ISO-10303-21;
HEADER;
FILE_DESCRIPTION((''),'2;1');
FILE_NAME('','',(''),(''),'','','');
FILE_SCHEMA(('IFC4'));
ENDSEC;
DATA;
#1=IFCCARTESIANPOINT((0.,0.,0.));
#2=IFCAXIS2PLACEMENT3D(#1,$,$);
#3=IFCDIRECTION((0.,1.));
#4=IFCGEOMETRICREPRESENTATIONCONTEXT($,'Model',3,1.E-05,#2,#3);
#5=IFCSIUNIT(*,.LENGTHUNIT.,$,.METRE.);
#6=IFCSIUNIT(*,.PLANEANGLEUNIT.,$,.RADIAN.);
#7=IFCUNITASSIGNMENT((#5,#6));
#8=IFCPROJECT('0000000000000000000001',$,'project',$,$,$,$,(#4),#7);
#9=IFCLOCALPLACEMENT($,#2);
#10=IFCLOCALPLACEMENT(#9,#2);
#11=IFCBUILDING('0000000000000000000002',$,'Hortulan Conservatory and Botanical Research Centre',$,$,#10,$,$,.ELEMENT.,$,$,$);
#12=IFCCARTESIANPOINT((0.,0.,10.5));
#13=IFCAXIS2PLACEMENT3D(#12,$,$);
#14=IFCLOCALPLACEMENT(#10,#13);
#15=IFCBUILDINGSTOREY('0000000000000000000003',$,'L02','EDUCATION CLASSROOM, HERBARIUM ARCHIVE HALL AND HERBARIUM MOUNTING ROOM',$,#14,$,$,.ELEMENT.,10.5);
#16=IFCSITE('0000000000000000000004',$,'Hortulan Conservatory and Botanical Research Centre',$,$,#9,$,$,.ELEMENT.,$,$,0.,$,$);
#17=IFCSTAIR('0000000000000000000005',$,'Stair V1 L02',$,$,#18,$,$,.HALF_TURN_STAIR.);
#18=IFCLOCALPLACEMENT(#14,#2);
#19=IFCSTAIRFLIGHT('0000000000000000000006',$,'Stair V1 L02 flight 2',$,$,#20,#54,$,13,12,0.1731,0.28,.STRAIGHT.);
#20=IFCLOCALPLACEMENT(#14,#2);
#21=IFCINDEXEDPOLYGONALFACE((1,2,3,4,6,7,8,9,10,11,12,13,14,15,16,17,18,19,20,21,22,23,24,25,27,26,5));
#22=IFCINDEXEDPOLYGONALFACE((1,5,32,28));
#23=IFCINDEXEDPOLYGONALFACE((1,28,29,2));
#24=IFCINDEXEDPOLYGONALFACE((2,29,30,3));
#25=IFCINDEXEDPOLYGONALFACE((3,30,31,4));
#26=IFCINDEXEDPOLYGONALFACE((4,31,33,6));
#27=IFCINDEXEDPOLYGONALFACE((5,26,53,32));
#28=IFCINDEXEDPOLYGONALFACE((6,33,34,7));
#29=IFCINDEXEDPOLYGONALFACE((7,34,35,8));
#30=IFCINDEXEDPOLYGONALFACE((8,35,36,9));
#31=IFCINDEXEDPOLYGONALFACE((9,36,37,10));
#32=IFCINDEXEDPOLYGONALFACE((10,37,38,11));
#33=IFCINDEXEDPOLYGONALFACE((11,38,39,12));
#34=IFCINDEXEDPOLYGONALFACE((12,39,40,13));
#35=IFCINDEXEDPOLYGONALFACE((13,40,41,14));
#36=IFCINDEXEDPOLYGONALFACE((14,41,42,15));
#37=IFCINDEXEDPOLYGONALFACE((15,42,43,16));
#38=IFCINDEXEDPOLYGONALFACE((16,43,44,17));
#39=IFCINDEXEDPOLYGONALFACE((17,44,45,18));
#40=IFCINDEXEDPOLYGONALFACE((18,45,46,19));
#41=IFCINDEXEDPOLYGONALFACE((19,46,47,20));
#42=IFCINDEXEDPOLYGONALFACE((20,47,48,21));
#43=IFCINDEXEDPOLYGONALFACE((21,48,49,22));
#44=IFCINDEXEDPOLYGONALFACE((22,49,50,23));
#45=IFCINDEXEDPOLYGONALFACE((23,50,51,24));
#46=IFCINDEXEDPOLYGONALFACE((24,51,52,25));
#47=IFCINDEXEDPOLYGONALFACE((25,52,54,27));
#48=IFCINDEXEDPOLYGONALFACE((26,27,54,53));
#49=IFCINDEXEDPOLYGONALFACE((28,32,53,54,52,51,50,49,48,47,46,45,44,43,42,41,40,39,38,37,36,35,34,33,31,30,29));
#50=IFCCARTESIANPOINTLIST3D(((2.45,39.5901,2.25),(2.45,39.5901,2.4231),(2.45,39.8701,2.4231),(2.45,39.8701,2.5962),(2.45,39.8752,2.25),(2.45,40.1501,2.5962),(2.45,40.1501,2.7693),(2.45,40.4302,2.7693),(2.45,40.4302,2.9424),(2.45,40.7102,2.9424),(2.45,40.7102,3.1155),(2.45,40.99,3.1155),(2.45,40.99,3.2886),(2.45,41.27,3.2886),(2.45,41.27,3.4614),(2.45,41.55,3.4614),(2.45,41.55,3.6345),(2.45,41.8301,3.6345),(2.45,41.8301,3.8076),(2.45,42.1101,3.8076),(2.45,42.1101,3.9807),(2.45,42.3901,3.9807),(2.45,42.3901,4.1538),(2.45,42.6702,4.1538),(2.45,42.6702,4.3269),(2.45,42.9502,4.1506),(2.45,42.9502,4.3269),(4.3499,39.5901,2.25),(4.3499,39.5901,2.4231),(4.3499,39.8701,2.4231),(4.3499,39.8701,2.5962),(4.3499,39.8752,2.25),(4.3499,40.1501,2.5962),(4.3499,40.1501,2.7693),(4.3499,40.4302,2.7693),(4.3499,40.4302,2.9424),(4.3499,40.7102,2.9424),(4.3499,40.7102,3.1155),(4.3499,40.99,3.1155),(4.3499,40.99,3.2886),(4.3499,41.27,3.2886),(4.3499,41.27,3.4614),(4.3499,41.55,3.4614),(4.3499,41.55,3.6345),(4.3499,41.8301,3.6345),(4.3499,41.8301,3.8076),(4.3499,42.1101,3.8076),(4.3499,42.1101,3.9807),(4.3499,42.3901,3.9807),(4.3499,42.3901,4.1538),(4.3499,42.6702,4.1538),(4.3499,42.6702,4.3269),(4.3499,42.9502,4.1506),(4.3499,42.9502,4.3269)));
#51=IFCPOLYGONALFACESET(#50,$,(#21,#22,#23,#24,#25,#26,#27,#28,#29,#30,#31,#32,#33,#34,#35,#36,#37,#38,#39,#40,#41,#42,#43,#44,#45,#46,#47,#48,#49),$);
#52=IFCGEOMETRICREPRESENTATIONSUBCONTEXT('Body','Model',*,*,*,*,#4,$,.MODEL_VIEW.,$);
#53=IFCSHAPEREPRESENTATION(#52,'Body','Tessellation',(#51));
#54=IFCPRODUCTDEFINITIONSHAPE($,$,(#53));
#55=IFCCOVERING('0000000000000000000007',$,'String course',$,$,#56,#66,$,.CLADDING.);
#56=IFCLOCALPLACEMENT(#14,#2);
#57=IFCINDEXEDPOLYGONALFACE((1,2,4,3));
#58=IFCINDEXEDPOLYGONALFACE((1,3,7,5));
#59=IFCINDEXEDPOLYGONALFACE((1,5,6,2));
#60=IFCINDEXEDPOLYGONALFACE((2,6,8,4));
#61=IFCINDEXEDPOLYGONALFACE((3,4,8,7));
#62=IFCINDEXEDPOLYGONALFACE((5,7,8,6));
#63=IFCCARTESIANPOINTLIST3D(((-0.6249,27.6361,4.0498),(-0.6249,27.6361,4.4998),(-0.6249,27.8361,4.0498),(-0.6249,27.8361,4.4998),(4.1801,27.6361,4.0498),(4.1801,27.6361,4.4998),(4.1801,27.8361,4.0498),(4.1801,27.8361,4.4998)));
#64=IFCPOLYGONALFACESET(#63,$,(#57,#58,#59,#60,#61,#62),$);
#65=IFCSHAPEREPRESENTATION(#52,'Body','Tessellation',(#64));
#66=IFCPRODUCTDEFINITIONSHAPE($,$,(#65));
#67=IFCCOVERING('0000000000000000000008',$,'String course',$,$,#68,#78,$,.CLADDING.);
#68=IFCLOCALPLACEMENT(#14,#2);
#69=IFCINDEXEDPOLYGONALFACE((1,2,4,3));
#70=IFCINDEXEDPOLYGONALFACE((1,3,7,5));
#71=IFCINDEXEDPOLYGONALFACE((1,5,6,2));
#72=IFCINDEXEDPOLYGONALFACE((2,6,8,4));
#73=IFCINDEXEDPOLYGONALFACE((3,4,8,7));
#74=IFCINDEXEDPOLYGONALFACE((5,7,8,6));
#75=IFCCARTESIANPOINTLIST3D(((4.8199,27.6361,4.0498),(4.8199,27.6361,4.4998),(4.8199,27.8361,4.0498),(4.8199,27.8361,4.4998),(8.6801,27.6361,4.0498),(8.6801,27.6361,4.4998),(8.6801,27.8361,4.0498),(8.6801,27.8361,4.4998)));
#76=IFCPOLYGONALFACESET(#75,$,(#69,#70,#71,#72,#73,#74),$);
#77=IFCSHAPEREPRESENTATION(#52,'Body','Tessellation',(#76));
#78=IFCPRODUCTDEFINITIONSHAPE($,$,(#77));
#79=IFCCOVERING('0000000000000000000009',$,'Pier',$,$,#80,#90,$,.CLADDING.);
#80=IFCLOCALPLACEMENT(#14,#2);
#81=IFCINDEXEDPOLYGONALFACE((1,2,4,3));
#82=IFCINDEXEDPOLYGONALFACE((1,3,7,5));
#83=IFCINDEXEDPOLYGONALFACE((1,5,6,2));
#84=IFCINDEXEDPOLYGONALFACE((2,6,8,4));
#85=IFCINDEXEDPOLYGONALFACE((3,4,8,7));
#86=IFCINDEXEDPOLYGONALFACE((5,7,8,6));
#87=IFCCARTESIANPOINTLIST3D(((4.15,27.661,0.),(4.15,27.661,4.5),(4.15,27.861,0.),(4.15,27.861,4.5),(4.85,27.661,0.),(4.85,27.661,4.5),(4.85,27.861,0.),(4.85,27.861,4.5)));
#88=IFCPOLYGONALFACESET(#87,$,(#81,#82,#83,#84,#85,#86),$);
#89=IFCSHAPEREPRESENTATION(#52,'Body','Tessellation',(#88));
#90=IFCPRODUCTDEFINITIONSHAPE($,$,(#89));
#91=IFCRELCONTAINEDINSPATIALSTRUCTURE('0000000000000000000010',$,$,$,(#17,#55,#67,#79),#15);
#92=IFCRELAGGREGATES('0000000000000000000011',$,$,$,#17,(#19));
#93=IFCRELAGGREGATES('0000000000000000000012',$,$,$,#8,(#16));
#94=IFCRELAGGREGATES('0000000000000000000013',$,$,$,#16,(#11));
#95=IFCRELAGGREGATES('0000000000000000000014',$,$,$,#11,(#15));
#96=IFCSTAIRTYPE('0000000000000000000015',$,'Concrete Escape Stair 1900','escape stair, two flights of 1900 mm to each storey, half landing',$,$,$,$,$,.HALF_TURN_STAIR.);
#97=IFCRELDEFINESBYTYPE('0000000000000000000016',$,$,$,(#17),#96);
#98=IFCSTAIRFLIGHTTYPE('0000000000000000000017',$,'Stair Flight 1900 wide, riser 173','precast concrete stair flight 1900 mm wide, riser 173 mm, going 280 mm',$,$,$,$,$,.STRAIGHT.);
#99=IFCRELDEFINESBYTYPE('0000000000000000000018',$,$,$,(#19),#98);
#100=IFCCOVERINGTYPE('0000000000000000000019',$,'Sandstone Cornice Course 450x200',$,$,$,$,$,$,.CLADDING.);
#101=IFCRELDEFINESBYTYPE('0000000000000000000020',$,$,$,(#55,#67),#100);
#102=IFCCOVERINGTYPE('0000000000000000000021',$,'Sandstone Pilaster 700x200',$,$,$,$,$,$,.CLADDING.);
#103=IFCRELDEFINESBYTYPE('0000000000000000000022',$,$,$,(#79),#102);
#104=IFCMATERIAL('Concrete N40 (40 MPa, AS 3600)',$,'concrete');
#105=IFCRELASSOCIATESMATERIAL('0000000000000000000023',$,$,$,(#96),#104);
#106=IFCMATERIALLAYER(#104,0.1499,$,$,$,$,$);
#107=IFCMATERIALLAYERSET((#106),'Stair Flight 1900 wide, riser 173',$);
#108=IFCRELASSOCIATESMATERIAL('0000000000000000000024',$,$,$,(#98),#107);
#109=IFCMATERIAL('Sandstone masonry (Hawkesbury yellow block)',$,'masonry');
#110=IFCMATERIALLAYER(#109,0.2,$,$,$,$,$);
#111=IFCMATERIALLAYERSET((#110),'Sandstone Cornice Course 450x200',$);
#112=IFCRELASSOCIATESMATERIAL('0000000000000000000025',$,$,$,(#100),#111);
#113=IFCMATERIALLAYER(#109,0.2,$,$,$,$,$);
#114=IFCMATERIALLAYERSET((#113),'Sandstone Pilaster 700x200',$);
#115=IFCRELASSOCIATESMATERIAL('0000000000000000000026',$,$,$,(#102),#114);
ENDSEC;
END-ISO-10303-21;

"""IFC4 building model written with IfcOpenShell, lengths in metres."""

from ifc_helpers import new_model, si_unit, direction, frame, origin, origin_2d, place, context, subcontext, project, spatial, polyline, rectangle, outline, extrude, material, layer, layer_set, type_object, element, aggregate, save


model = new_model("IFC4")

# Units and contexts
model_context = context("Model", 3, precision=1e-05, world=origin(), true_north=direction((0.0, 1.0)))
body_context = subcontext(model_context, "Body", "Model", "MODEL_VIEW")
ifc_project = project(units=[si_unit("LENGTHUNIT", "METRE"), si_unit("PLANEANGLEUNIT", "RADIAN")], contexts=[model_context])

# Site, building, storey
site_placement = place(None, origin())
site = spatial("IfcSite", under=ifc_project, at=site_placement, Name="Hortulan Conservatory and Botanical Research Centre", CompositionType="ELEMENT", RefElevation=0.0)
building_placement = place(site_placement, origin())
building = spatial("IfcBuilding", under=site, at=building_placement, Name="Hortulan Conservatory and Botanical Research Centre", CompositionType="ELEMENT")
storey_placement = place(building_placement, frame((0.0, 0.0, 10.5)))
storey = spatial("IfcBuildingStorey", under=building, at=storey_placement, Name="L02", Description="EDUCATION CLASSROOM, HERBARIUM ARCHIVE HALL AND HERBARIUM MOUNTING ROOM", CompositionType="ELEMENT", Elevation=10.5)

# Shared definitions
ifc_material_1 = material(Name="Concrete N40 (40 MPa, AS 3600)", Category="concrete")

# Shared definitions
ifc_material_2 = material(Name="Sandstone masonry (Hawkesbury yellow block)", Category="masonry")

# Stair, stair flight
stair_type = type_object("IfcStairType", Name="Concrete Escape Stair 1900", Description="escape stair, two flights of 1900 mm to each storey, half landing", PredefinedType="HALF_TURN_STAIR", material=ifc_material_1)
stair_placement = place(storey_placement, origin())
stair = element("IfcStair", 1, at=stair_placement, inside=storey, type_object=stair_type, Name="Stair V1 L02", PredefinedType="HALF_TURN_STAIR")
ifc_layer_1 = layer(ifc_material_1, 0.1499)
ifc_layer_set_1 = layer_set([ifc_layer_1], Name="Stair Flight 1900 wide, riser 173")
stair_flight_type = type_object("IfcStairFlightType", Name="Stair Flight 1900 wide, riser 173", Description="precast concrete stair flight 1900 mm wide, riser 173 mm, going 280 mm", PredefinedType="STRAIGHT", material=ifc_layer_set_1)
stair_flight_placement = place(storey_placement, frame((3.3999, 39.5901, 2.25), z_axis=(0.0, 0.0, 1.0), x_axis=(0.0, 1.0, 0.0)))
stair_flight = element("IfcStairFlight", 2, at=stair_flight_placement, type_object=stair_flight_type, Name="Stair V1 L02 flight 2", NumberOfRisers=13, NumberOfTreads=12, PredefinedType="STRAIGHT", RiserHeight=0.1731, TreadLength=0.28, context=body_context, shape_type="SweptSolid", body=[
    extrude(outline(polyline([(0.0, 0.0), (0.0, 0.1731), (0.28, 0.1731), (0.28, 0.3462), (0.5601, 0.3462), (0.5601, 0.5193), (0.8401, 0.5193), (0.8401, 0.6924), (1.1201, 0.6924), (1.1201, 0.8655), (1.3999, 0.8655), (1.3999, 1.0386), (1.6799, 1.0386), (1.6799, 1.2114), (1.96, 1.2114), (1.96, 1.3845), (2.24, 1.3845), (2.24, 1.5576), (2.52, 1.5576), (2.52, 1.7307), (2.8, 1.7307), (2.8, 1.9038), (3.0801, 1.9038), (3.0801, 2.0769), (3.3601, 2.0769), (3.3601, 2.25), (3.3601, 1.9006), (0.2852, 0.0), (0.0, 0.0)])), frame((0.0, 0.95, 0.0), z_axis=(0.0, -1.0, 0.0), x_axis=(1.0, 0.0, 0.0)), (0.0, 0.0, 1.0), 1.8999),
])
aggregate(stair, [stair_flight])

# Coverings
ifc_layer_2 = layer(ifc_material_2, 0.2)
ifc_layer_set_2 = layer_set([ifc_layer_2], Name="Sandstone Cornice Course 450x200")
covering_type_1 = type_object("IfcCoveringType", Name="Sandstone Cornice Course 450x200", PredefinedType="CLADDING", material=ifc_layer_set_2)
covering_1_placement = place(storey_placement, frame((1.7776, 27.7361, 4.0498), z_axis=(0.0, 0.0, 1.0), x_axis=(1.0, 0.0, 0.0)))
element("IfcCovering", 3, at=covering_1_placement, inside=storey, type_object=covering_type_1, Name="String course", PredefinedType="CLADDING", context=body_context, shape_type="SweptSolid", body=[
    extrude(rectangle(XDim=4.8049, YDim=0.2, at=origin_2d()), origin(), (0.0, 0.0, 1.0), 0.45),
])
covering_2_placement = place(storey_placement, frame((6.75, 27.7361, 4.0498), z_axis=(0.0, 0.0, 1.0), x_axis=(1.0, 0.0, 0.0)))
element("IfcCovering", 4, at=covering_2_placement, inside=storey, type_object=covering_type_1, Name="String course", PredefinedType="CLADDING", context=body_context, shape_type="SweptSolid", body=[
    extrude(rectangle(XDim=3.8601, YDim=0.2, at=origin_2d()), origin(), (0.0, 0.0, 1.0), 0.45),
])
ifc_layer_3 = layer(ifc_material_2, 0.2)
ifc_layer_set_3 = layer_set([ifc_layer_3], Name="Sandstone Pilaster 700x200")
covering_type_2 = type_object("IfcCoveringType", Name="Sandstone Pilaster 700x200", PredefinedType="CLADDING", material=ifc_layer_set_3)
covering_3_placement = place(storey_placement, frame((4.5, 27.761, 0.0), z_axis=(0.0, 0.0, 1.0), x_axis=(1.0, 0.0, 0.0)))
element("IfcCovering", 5, at=covering_3_placement, inside=storey, type_object=covering_type_2, Name="Pier", PredefinedType="CLADDING", context=body_context, shape_type="SweptSolid", body=[
    extrude(rectangle(XDim=0.7, YDim=0.2, at=origin_2d()), origin(), (0.0, 0.0, 1.0), 4.5),
])

save(model, "model.ifc")
